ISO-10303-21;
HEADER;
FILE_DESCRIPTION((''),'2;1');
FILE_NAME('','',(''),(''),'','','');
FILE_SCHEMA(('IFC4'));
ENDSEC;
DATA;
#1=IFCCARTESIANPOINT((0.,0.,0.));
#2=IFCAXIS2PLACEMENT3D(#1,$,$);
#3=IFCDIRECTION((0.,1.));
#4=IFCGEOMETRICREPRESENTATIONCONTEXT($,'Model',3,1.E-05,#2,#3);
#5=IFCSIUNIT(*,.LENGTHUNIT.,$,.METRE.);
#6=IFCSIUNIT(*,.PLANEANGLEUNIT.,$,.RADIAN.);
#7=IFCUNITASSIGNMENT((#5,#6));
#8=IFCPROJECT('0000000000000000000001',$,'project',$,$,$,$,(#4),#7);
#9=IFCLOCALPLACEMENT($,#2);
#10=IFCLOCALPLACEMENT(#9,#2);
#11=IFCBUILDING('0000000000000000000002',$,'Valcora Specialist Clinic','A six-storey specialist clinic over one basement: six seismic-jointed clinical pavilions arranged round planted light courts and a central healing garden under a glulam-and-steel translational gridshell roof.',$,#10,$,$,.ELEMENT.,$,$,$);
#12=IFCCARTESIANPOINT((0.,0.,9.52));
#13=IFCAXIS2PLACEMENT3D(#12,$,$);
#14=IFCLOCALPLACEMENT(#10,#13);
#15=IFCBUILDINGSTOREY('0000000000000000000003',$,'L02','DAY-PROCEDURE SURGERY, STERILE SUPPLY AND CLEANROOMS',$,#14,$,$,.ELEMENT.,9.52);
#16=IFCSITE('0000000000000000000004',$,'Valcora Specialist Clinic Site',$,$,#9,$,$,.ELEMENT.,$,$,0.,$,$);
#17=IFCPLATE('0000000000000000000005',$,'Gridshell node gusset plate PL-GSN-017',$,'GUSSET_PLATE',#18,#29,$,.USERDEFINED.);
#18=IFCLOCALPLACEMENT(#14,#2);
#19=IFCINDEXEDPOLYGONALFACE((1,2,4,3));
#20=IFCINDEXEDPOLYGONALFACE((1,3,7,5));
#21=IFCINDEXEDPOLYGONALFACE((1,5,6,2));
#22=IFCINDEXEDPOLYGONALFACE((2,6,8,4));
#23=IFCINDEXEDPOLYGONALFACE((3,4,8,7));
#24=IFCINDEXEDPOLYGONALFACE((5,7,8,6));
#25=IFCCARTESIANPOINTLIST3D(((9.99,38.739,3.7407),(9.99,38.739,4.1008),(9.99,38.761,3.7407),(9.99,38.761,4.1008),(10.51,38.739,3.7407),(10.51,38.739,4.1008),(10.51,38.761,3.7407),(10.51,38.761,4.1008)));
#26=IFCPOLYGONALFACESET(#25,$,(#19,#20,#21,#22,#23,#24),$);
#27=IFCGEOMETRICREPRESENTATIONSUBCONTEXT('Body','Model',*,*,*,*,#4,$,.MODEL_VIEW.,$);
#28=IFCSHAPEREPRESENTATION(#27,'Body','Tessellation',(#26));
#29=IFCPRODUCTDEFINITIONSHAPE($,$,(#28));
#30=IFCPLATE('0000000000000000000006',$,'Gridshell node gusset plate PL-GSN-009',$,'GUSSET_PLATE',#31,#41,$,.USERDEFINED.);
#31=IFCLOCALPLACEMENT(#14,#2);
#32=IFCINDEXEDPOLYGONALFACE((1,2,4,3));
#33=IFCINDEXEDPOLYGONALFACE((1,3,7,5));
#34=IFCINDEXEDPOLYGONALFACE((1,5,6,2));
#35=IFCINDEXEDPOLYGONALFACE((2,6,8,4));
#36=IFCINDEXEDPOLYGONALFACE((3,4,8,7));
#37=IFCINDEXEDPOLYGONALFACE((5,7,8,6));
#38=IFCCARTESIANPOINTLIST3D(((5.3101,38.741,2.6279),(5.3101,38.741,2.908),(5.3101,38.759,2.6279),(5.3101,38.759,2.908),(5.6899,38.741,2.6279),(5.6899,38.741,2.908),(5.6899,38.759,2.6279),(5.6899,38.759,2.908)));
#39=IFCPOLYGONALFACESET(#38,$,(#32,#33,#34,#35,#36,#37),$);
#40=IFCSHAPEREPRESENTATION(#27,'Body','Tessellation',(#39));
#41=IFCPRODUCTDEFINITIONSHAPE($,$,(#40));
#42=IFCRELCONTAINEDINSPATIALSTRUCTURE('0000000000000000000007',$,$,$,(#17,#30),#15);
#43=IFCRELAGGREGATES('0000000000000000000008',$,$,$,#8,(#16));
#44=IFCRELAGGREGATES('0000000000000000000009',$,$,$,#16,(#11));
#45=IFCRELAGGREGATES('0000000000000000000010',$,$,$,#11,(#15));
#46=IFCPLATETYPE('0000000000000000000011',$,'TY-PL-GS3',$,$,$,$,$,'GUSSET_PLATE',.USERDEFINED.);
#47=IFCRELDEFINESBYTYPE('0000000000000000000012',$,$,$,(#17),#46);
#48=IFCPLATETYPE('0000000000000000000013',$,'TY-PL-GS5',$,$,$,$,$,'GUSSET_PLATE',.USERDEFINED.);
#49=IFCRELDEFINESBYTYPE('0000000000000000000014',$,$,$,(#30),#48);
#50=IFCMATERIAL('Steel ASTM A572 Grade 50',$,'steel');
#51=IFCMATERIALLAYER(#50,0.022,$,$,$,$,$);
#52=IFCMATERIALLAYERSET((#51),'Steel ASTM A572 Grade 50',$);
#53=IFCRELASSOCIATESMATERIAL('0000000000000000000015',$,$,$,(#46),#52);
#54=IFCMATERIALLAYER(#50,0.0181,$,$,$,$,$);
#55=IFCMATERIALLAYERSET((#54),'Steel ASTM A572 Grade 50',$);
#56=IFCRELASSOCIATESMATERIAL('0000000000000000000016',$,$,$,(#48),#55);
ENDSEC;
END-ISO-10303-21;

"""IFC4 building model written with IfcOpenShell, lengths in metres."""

from ifc_helpers import new_model, si_unit, direction, frame, origin, origin_2d, place, context, subcontext, project, spatial, rectangle, extrude, material, layer, layer_set, type_object, element, save


model = new_model("IFC4")

# Units and contexts
model_context = context("Model", 3, precision=1e-05, world=origin(), true_north=direction((0.0, 1.0)))
body_context = subcontext(model_context, "Body", "Model", "MODEL_VIEW")
ifc_project = project(units=[si_unit("LENGTHUNIT", "METRE"), si_unit("PLANEANGLEUNIT", "RADIAN")], contexts=[model_context])

# Site, building, storey
site_placement = place(None, origin())
site = spatial("IfcSite", under=ifc_project, at=site_placement, Name="Valcora Specialist Clinic Site", CompositionType="ELEMENT", RefElevation=0.0)
building_placement = place(site_placement, origin())
building = spatial("IfcBuilding", under=site, at=building_placement, Name="Valcora Specialist Clinic", Description="A six-storey specialist clinic over one basement: six seismic-jointed clinical pavilions arranged round planted light courts and a central healing garden under a glulam-and-steel translational gridshell roof.", CompositionType="ELEMENT")
storey_placement = place(building_placement, frame((0.0, 0.0, 9.52)))
storey = spatial("IfcBuildingStorey", under=building, at=storey_placement, Name="L02", Description="DAY-PROCEDURE SURGERY, STERILE SUPPLY AND CLEANROOMS", CompositionType="ELEMENT", Elevation=9.52)

# Plates
ifc_material_1 = material(Name="Steel ASTM A572 Grade 50", Category="steel")
ifc_layer_1 = layer(ifc_material_1, 0.022)
ifc_layer_set_1 = layer_set([ifc_layer_1], Name="Steel ASTM A572 Grade 50")
plate_type_1 = type_object("IfcPlateType", Name="TY-PL-GS3", ElementType="GUSSET_PLATE", PredefinedType="USERDEFINED", material=ifc_layer_set_1)
plate_1_placement = place(storey_placement, frame((10.25, 38.75, 3.7407), z_axis=(0.0, 0.0, 1.0), x_axis=(1.0, 0.0, 0.0)))
element("IfcPlate", 1, at=plate_1_placement, inside=storey, type_object=plate_type_1, Name="Gridshell node gusset plate PL-GSN-017", ObjectType="GUSSET_PLATE", PredefinedType="USERDEFINED", context=body_context, shape_type="SweptSolid", body=[
    extrude(rectangle(XDim=0.52, YDim=0.022, at=origin_2d()), origin(), (0.0, 0.0, 1.0), 0.3601),
])
ifc_layer_2 = layer(ifc_material_1, 0.0181)
ifc_layer_set_2 = layer_set([ifc_layer_2], Name="Steel ASTM A572 Grade 50")
plate_type_2 = type_object("IfcPlateType", Name="TY-PL-GS5", ElementType="GUSSET_PLATE", PredefinedType="USERDEFINED", material=ifc_layer_set_2)
plate_2_placement = place(storey_placement, frame((5.5, 38.75, 2.6279), z_axis=(0.0, 0.0, 1.0), x_axis=(1.0, 0.0, 0.0)))
element("IfcPlate", 2, at=plate_2_placement, inside=storey, type_object=plate_type_2, Name="Gridshell node gusset plate PL-GSN-009", ObjectType="GUSSET_PLATE", PredefinedType="USERDEFINED", context=body_context, shape_type="SweptSolid", body=[
    extrude(rectangle(XDim=0.3799, YDim=0.0181, at=origin_2d()), origin(), (0.0, 0.0, 1.0), 0.28),
])

save(model, "model.ifc")
